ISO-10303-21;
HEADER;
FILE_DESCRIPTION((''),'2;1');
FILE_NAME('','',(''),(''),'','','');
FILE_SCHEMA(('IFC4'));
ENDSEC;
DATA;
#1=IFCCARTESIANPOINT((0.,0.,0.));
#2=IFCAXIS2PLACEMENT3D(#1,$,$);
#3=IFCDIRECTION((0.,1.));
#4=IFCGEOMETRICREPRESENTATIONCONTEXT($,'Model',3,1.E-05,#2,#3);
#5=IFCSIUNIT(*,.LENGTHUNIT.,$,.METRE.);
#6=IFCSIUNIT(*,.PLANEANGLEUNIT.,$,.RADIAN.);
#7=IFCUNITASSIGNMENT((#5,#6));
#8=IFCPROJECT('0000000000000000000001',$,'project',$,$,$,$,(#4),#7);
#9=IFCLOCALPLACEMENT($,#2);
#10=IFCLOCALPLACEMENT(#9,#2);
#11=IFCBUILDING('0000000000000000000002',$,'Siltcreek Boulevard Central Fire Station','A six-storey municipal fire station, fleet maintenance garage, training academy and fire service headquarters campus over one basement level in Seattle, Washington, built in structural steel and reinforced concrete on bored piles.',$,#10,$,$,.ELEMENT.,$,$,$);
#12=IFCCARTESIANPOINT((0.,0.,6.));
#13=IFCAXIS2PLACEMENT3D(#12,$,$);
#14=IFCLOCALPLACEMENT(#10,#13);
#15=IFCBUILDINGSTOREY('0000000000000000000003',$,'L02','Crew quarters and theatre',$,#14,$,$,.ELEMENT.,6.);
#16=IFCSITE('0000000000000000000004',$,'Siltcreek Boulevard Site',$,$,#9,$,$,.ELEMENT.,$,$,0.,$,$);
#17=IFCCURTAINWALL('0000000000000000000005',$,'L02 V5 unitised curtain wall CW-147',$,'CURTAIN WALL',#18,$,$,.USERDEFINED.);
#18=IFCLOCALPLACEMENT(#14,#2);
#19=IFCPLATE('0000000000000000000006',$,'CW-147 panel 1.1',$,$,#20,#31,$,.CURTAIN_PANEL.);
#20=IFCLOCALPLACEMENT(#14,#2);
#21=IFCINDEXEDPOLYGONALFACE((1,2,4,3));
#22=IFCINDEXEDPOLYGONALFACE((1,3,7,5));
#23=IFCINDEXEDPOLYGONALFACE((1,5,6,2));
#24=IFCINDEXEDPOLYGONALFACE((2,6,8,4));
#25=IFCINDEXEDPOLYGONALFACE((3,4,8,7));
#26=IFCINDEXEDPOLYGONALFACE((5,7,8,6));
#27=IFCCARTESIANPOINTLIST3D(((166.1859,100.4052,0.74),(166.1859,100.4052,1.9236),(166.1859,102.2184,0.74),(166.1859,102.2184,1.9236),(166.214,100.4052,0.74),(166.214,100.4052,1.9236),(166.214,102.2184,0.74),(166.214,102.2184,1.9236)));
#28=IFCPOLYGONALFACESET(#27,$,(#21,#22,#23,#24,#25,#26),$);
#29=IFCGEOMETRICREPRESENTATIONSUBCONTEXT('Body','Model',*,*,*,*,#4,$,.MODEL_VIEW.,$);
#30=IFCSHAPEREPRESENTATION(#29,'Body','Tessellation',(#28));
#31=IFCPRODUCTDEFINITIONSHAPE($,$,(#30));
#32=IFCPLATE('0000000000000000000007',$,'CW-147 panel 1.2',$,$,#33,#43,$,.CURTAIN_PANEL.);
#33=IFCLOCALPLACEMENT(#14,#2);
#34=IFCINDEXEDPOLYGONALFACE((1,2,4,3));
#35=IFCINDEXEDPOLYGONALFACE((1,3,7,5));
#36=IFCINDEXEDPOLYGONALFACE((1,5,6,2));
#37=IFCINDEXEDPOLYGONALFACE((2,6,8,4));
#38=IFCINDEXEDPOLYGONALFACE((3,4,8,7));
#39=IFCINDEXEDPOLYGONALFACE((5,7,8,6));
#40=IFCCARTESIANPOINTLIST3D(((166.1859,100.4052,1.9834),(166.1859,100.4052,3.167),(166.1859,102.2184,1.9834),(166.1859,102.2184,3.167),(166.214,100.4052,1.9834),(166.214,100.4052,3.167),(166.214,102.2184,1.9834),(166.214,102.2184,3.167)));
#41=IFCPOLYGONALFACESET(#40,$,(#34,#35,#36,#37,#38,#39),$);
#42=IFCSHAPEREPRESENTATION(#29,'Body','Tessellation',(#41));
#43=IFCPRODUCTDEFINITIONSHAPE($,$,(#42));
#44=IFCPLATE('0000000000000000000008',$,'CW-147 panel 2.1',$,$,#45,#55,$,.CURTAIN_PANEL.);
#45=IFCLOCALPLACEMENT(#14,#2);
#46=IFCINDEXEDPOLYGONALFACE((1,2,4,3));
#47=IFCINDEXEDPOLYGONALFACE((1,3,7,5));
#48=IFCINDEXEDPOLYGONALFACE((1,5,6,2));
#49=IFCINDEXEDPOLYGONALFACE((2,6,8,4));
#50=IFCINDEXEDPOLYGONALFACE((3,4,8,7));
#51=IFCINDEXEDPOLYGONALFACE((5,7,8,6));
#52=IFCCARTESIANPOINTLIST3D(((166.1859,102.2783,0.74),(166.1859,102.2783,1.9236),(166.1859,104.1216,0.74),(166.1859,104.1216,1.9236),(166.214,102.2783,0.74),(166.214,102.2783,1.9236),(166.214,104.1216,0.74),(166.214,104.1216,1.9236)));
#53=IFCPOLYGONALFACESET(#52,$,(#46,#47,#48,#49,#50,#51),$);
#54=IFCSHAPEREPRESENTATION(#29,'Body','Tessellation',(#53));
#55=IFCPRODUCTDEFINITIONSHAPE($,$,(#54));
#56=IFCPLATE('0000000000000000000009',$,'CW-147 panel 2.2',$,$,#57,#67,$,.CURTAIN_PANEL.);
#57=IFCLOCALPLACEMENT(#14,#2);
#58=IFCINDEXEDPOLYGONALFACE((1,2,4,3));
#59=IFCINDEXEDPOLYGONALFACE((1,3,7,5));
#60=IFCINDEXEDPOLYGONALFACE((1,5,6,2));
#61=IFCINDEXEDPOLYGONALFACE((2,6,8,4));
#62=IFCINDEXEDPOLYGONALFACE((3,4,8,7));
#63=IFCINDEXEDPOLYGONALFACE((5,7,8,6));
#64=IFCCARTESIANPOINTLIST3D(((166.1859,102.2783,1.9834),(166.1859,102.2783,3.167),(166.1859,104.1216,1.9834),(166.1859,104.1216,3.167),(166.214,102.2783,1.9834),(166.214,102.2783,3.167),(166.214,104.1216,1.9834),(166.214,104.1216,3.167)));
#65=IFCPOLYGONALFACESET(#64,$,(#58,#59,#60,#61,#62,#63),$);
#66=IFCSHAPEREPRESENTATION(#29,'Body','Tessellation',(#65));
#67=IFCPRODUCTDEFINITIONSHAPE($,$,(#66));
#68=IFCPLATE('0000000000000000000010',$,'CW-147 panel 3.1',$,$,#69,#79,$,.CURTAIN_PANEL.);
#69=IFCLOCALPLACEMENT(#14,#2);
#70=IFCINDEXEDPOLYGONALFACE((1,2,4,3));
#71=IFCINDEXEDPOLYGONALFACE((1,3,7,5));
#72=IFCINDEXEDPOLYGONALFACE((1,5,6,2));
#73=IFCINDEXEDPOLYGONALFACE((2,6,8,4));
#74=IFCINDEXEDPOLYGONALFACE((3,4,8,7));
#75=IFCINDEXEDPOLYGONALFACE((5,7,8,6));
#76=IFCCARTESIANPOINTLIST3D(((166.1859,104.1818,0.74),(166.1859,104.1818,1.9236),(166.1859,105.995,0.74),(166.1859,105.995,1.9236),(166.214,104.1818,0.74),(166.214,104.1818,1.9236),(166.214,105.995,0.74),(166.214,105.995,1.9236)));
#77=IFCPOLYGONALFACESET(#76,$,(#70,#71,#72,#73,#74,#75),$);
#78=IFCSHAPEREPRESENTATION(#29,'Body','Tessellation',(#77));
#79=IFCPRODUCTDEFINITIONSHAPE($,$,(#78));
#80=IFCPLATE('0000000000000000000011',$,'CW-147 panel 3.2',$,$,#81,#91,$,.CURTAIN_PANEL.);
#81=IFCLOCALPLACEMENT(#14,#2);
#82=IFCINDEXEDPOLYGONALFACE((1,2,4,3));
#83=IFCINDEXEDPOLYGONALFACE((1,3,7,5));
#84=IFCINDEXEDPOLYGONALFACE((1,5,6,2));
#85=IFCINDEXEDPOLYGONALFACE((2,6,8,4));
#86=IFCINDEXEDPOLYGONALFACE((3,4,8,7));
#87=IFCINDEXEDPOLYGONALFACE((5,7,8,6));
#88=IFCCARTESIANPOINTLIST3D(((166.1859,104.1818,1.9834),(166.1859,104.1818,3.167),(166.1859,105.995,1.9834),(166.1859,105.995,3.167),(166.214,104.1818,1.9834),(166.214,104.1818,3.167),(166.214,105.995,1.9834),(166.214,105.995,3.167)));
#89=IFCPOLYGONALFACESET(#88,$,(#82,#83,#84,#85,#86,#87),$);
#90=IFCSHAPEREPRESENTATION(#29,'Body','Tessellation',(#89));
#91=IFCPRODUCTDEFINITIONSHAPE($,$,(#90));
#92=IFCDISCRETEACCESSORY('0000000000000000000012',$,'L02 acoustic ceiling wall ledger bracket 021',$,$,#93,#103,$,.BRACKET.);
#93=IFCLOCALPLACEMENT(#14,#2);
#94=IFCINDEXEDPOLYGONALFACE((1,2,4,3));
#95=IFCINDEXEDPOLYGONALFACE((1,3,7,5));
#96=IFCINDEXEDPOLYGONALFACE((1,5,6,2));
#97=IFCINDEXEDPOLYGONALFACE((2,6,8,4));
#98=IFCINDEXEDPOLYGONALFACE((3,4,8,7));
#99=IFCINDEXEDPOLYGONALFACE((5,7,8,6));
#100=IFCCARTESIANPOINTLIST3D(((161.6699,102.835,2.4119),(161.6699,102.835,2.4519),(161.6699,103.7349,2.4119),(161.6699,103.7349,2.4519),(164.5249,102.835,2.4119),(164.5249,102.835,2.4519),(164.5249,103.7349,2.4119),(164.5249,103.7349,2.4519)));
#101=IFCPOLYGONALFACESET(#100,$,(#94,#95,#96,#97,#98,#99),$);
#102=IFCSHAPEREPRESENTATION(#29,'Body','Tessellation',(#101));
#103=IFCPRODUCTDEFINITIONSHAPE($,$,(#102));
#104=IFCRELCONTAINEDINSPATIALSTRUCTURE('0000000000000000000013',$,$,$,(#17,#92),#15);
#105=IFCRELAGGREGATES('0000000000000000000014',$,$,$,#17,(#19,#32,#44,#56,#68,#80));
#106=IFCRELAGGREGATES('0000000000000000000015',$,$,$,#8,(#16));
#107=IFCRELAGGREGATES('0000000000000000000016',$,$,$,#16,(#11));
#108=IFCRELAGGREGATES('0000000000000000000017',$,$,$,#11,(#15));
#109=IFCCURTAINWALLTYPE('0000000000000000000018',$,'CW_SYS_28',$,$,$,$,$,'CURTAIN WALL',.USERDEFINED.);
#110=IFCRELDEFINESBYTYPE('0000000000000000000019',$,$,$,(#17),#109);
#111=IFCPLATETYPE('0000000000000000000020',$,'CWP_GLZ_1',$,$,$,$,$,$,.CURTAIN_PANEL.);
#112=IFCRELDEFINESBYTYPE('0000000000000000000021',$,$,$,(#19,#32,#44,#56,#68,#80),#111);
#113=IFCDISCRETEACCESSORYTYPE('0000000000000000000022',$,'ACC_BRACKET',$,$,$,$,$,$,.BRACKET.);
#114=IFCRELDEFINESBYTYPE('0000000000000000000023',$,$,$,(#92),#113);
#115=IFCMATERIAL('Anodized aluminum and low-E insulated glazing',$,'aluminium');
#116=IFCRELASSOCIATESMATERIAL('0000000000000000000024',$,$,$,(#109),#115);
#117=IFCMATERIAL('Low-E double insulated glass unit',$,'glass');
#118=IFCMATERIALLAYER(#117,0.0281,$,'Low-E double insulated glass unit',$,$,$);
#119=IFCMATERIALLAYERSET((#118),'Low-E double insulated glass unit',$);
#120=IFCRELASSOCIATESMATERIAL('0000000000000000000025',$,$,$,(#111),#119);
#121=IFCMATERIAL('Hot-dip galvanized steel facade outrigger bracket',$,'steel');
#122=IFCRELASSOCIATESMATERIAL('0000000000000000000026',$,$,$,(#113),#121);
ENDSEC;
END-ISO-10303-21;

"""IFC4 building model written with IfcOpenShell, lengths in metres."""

from ifc_helpers import new_model, si_unit, direction, frame, origin, origin_2d, place, context, subcontext, project, spatial, rectangle, extrude, material, layer, layer_set, type_object, element, aggregate, save


model = new_model("IFC4")

# Units and contexts
model_context = context("Model", 3, precision=1e-05, world=origin(), true_north=direction((0.0, 1.0)))
body_context = subcontext(model_context, "Body", "Model", "MODEL_VIEW")
ifc_project = project(units=[si_unit("LENGTHUNIT", "METRE"), si_unit("PLANEANGLEUNIT", "RADIAN")], contexts=[model_context])

# Site, building, storey
site_placement = place(None, origin())
site = spatial("IfcSite", under=ifc_project, at=site_placement, Name="Siltcreek Boulevard Site", CompositionType="ELEMENT", RefElevation=0.0)
building_placement = place(site_placement, origin())
building = spatial("IfcBuilding", under=site, at=building_placement, Name="Siltcreek Boulevard Central Fire Station", Description="A six-storey municipal fire station, fleet maintenance garage, training academy and fire service headquarters campus over one basement level in Seattle, Washington, built in structural steel and reinforced concrete on bored piles.", CompositionType="ELEMENT")
storey_placement = place(building_placement, frame((0.0, 0.0, 6.0)))
storey = spatial("IfcBuildingStorey", under=building, at=storey_placement, Name="L02", Description="Crew quarters and theatre", CompositionType="ELEMENT", Elevation=6.0)

# Curtain wall, plates
ifc_material_1 = material(Name="Anodized aluminum and low-E insulated glazing", Category="aluminium")
curtain_wall_type = type_object("IfcCurtainWallType", Name="CW_SYS_28", ElementType="CURTAIN WALL", PredefinedType="USERDEFINED", material=ifc_material_1)
curtain_wall_placement = place(storey_placement, origin())
curtain_wall = element("IfcCurtainWall", 1, at=curtain_wall_placement, inside=storey, type_object=curtain_wall_type, Name="L02 V5 unitised curtain wall CW-147", ObjectType="CURTAIN WALL", PredefinedType="USERDEFINED")
ifc_material_2 = material(Name="Low-E double insulated glass unit", Category="glass")
ifc_layer = layer(ifc_material_2, 0.0281, Name="Low-E double insulated glass unit")
ifc_layer_set = layer_set([ifc_layer], Name="Low-E double insulated glass unit")
plate_type = type_object("IfcPlateType", Name="CWP_GLZ_1", PredefinedType="CURTAIN_PANEL", material=ifc_layer_set)
plate_1_placement = place(storey_placement, frame((166.2, 101.3118, 0.74), z_axis=(0.0, 0.0, 1.0), x_axis=(0.0, 1.0, 0.0)))
plate_1 = element("IfcPlate", 2, at=plate_1_placement, type_object=plate_type, Name="CW-147 panel 1.1", PredefinedType="CURTAIN_PANEL", context=body_context, shape_type="SweptSolid", body=[
    extrude(rectangle(XDim=1.8132, YDim=0.0281, at=origin_2d()), origin(), (0.0, 0.0, 1.0), 1.1836),
])
plate_2_placement = place(storey_placement, frame((166.2, 101.3118, 1.9834), z_axis=(0.0, 0.0, 1.0), x_axis=(0.0, 1.0, 0.0)))
plate_2 = element("IfcPlate", 3, at=plate_2_placement, type_object=plate_type, Name="CW-147 panel 1.2", PredefinedType="CURTAIN_PANEL", context=body_context, shape_type="SweptSolid", body=[
    extrude(rectangle(XDim=1.8132, YDim=0.0281, at=origin_2d()), origin(), (0.0, 0.0, 1.0), 1.1836),
])
plate_3_placement = place(storey_placement, frame((166.2, 103.2, 0.74), z_axis=(0.0, 0.0, 1.0), x_axis=(0.0, 1.0, 0.0)))
plate_3 = element("IfcPlate", 4, at=plate_3_placement, type_object=plate_type, Name="CW-147 panel 2.1", PredefinedType="CURTAIN_PANEL", context=body_context, shape_type="SweptSolid", body=[
    extrude(rectangle(XDim=1.8433, YDim=0.0281, at=origin_2d()), origin(), (0.0, 0.0, 1.0), 1.1836),
])
plate_4_placement = place(storey_placement, frame((166.2, 103.2, 1.9834), z_axis=(0.0, 0.0, 1.0), x_axis=(0.0, 1.0, 0.0)))
plate_4 = element("IfcPlate", 5, at=plate_4_placement, type_object=plate_type, Name="CW-147 panel 2.2", PredefinedType="CURTAIN_PANEL", context=body_context, shape_type="SweptSolid", body=[
    extrude(rectangle(XDim=1.8433, YDim=0.0281, at=origin_2d()), origin(), (0.0, 0.0, 1.0), 1.1836),
])
plate_5_placement = place(storey_placement, frame((166.2, 105.0884, 0.74), z_axis=(0.0, 0.0, 1.0), x_axis=(0.0, 1.0, 0.0)))
plate_5 = element("IfcPlate", 6, at=plate_5_placement, type_object=plate_type, Name="CW-147 panel 3.1", PredefinedType="CURTAIN_PANEL", context=body_context, shape_type="SweptSolid", body=[
    extrude(rectangle(XDim=1.8132, YDim=0.0281, at=origin_2d()), origin(), (0.0, 0.0, 1.0), 1.1836),
])
plate_6_placement = place(storey_placement, frame((166.2, 105.0884, 1.9834), z_axis=(0.0, 0.0, 1.0), x_axis=(0.0, 1.0, 0.0)))
plate_6 = element("IfcPlate", 7, at=plate_6_placement, type_object=plate_type, Name="CW-147 panel 3.2", PredefinedType="CURTAIN_PANEL", context=body_context, shape_type="SweptSolid", body=[
    extrude(rectangle(XDim=1.8132, YDim=0.0281, at=origin_2d()), origin(), (0.0, 0.0, 1.0), 1.1836),
])
aggregate(curtain_wall, [plate_1, plate_2, plate_3, plate_4, plate_5, plate_6])

# Discrete accessory
ifc_material_3 = material(Name="Hot-dip galvanized steel facade outrigger bracket", Category="steel")
discrete_accessory_type = type_object("IfcDiscreteAccessoryType", Name="ACC_BRACKET", PredefinedType="BRACKET", material=ifc_material_3)
discrete_accessory_placement = place(storey_placement, frame((163.0974, 103.2849, 2.4119), z_axis=(0.0, 0.0, 1.0), x_axis=(1.0, 0.0, 0.0)))
element("IfcDiscreteAccessory", 8, at=discrete_accessory_placement, inside=storey, type_object=discrete_accessory_type, Name="L02 acoustic ceiling wall ledger bracket 021", PredefinedType="BRACKET", context=body_context, shape_type="SweptSolid", body=[
    extrude(rectangle(XDim=2.855, YDim=0.8999, at=origin_2d()), origin(), (0.0, 0.0, 1.0), 0.04),
])

save(model, "model.ifc")
